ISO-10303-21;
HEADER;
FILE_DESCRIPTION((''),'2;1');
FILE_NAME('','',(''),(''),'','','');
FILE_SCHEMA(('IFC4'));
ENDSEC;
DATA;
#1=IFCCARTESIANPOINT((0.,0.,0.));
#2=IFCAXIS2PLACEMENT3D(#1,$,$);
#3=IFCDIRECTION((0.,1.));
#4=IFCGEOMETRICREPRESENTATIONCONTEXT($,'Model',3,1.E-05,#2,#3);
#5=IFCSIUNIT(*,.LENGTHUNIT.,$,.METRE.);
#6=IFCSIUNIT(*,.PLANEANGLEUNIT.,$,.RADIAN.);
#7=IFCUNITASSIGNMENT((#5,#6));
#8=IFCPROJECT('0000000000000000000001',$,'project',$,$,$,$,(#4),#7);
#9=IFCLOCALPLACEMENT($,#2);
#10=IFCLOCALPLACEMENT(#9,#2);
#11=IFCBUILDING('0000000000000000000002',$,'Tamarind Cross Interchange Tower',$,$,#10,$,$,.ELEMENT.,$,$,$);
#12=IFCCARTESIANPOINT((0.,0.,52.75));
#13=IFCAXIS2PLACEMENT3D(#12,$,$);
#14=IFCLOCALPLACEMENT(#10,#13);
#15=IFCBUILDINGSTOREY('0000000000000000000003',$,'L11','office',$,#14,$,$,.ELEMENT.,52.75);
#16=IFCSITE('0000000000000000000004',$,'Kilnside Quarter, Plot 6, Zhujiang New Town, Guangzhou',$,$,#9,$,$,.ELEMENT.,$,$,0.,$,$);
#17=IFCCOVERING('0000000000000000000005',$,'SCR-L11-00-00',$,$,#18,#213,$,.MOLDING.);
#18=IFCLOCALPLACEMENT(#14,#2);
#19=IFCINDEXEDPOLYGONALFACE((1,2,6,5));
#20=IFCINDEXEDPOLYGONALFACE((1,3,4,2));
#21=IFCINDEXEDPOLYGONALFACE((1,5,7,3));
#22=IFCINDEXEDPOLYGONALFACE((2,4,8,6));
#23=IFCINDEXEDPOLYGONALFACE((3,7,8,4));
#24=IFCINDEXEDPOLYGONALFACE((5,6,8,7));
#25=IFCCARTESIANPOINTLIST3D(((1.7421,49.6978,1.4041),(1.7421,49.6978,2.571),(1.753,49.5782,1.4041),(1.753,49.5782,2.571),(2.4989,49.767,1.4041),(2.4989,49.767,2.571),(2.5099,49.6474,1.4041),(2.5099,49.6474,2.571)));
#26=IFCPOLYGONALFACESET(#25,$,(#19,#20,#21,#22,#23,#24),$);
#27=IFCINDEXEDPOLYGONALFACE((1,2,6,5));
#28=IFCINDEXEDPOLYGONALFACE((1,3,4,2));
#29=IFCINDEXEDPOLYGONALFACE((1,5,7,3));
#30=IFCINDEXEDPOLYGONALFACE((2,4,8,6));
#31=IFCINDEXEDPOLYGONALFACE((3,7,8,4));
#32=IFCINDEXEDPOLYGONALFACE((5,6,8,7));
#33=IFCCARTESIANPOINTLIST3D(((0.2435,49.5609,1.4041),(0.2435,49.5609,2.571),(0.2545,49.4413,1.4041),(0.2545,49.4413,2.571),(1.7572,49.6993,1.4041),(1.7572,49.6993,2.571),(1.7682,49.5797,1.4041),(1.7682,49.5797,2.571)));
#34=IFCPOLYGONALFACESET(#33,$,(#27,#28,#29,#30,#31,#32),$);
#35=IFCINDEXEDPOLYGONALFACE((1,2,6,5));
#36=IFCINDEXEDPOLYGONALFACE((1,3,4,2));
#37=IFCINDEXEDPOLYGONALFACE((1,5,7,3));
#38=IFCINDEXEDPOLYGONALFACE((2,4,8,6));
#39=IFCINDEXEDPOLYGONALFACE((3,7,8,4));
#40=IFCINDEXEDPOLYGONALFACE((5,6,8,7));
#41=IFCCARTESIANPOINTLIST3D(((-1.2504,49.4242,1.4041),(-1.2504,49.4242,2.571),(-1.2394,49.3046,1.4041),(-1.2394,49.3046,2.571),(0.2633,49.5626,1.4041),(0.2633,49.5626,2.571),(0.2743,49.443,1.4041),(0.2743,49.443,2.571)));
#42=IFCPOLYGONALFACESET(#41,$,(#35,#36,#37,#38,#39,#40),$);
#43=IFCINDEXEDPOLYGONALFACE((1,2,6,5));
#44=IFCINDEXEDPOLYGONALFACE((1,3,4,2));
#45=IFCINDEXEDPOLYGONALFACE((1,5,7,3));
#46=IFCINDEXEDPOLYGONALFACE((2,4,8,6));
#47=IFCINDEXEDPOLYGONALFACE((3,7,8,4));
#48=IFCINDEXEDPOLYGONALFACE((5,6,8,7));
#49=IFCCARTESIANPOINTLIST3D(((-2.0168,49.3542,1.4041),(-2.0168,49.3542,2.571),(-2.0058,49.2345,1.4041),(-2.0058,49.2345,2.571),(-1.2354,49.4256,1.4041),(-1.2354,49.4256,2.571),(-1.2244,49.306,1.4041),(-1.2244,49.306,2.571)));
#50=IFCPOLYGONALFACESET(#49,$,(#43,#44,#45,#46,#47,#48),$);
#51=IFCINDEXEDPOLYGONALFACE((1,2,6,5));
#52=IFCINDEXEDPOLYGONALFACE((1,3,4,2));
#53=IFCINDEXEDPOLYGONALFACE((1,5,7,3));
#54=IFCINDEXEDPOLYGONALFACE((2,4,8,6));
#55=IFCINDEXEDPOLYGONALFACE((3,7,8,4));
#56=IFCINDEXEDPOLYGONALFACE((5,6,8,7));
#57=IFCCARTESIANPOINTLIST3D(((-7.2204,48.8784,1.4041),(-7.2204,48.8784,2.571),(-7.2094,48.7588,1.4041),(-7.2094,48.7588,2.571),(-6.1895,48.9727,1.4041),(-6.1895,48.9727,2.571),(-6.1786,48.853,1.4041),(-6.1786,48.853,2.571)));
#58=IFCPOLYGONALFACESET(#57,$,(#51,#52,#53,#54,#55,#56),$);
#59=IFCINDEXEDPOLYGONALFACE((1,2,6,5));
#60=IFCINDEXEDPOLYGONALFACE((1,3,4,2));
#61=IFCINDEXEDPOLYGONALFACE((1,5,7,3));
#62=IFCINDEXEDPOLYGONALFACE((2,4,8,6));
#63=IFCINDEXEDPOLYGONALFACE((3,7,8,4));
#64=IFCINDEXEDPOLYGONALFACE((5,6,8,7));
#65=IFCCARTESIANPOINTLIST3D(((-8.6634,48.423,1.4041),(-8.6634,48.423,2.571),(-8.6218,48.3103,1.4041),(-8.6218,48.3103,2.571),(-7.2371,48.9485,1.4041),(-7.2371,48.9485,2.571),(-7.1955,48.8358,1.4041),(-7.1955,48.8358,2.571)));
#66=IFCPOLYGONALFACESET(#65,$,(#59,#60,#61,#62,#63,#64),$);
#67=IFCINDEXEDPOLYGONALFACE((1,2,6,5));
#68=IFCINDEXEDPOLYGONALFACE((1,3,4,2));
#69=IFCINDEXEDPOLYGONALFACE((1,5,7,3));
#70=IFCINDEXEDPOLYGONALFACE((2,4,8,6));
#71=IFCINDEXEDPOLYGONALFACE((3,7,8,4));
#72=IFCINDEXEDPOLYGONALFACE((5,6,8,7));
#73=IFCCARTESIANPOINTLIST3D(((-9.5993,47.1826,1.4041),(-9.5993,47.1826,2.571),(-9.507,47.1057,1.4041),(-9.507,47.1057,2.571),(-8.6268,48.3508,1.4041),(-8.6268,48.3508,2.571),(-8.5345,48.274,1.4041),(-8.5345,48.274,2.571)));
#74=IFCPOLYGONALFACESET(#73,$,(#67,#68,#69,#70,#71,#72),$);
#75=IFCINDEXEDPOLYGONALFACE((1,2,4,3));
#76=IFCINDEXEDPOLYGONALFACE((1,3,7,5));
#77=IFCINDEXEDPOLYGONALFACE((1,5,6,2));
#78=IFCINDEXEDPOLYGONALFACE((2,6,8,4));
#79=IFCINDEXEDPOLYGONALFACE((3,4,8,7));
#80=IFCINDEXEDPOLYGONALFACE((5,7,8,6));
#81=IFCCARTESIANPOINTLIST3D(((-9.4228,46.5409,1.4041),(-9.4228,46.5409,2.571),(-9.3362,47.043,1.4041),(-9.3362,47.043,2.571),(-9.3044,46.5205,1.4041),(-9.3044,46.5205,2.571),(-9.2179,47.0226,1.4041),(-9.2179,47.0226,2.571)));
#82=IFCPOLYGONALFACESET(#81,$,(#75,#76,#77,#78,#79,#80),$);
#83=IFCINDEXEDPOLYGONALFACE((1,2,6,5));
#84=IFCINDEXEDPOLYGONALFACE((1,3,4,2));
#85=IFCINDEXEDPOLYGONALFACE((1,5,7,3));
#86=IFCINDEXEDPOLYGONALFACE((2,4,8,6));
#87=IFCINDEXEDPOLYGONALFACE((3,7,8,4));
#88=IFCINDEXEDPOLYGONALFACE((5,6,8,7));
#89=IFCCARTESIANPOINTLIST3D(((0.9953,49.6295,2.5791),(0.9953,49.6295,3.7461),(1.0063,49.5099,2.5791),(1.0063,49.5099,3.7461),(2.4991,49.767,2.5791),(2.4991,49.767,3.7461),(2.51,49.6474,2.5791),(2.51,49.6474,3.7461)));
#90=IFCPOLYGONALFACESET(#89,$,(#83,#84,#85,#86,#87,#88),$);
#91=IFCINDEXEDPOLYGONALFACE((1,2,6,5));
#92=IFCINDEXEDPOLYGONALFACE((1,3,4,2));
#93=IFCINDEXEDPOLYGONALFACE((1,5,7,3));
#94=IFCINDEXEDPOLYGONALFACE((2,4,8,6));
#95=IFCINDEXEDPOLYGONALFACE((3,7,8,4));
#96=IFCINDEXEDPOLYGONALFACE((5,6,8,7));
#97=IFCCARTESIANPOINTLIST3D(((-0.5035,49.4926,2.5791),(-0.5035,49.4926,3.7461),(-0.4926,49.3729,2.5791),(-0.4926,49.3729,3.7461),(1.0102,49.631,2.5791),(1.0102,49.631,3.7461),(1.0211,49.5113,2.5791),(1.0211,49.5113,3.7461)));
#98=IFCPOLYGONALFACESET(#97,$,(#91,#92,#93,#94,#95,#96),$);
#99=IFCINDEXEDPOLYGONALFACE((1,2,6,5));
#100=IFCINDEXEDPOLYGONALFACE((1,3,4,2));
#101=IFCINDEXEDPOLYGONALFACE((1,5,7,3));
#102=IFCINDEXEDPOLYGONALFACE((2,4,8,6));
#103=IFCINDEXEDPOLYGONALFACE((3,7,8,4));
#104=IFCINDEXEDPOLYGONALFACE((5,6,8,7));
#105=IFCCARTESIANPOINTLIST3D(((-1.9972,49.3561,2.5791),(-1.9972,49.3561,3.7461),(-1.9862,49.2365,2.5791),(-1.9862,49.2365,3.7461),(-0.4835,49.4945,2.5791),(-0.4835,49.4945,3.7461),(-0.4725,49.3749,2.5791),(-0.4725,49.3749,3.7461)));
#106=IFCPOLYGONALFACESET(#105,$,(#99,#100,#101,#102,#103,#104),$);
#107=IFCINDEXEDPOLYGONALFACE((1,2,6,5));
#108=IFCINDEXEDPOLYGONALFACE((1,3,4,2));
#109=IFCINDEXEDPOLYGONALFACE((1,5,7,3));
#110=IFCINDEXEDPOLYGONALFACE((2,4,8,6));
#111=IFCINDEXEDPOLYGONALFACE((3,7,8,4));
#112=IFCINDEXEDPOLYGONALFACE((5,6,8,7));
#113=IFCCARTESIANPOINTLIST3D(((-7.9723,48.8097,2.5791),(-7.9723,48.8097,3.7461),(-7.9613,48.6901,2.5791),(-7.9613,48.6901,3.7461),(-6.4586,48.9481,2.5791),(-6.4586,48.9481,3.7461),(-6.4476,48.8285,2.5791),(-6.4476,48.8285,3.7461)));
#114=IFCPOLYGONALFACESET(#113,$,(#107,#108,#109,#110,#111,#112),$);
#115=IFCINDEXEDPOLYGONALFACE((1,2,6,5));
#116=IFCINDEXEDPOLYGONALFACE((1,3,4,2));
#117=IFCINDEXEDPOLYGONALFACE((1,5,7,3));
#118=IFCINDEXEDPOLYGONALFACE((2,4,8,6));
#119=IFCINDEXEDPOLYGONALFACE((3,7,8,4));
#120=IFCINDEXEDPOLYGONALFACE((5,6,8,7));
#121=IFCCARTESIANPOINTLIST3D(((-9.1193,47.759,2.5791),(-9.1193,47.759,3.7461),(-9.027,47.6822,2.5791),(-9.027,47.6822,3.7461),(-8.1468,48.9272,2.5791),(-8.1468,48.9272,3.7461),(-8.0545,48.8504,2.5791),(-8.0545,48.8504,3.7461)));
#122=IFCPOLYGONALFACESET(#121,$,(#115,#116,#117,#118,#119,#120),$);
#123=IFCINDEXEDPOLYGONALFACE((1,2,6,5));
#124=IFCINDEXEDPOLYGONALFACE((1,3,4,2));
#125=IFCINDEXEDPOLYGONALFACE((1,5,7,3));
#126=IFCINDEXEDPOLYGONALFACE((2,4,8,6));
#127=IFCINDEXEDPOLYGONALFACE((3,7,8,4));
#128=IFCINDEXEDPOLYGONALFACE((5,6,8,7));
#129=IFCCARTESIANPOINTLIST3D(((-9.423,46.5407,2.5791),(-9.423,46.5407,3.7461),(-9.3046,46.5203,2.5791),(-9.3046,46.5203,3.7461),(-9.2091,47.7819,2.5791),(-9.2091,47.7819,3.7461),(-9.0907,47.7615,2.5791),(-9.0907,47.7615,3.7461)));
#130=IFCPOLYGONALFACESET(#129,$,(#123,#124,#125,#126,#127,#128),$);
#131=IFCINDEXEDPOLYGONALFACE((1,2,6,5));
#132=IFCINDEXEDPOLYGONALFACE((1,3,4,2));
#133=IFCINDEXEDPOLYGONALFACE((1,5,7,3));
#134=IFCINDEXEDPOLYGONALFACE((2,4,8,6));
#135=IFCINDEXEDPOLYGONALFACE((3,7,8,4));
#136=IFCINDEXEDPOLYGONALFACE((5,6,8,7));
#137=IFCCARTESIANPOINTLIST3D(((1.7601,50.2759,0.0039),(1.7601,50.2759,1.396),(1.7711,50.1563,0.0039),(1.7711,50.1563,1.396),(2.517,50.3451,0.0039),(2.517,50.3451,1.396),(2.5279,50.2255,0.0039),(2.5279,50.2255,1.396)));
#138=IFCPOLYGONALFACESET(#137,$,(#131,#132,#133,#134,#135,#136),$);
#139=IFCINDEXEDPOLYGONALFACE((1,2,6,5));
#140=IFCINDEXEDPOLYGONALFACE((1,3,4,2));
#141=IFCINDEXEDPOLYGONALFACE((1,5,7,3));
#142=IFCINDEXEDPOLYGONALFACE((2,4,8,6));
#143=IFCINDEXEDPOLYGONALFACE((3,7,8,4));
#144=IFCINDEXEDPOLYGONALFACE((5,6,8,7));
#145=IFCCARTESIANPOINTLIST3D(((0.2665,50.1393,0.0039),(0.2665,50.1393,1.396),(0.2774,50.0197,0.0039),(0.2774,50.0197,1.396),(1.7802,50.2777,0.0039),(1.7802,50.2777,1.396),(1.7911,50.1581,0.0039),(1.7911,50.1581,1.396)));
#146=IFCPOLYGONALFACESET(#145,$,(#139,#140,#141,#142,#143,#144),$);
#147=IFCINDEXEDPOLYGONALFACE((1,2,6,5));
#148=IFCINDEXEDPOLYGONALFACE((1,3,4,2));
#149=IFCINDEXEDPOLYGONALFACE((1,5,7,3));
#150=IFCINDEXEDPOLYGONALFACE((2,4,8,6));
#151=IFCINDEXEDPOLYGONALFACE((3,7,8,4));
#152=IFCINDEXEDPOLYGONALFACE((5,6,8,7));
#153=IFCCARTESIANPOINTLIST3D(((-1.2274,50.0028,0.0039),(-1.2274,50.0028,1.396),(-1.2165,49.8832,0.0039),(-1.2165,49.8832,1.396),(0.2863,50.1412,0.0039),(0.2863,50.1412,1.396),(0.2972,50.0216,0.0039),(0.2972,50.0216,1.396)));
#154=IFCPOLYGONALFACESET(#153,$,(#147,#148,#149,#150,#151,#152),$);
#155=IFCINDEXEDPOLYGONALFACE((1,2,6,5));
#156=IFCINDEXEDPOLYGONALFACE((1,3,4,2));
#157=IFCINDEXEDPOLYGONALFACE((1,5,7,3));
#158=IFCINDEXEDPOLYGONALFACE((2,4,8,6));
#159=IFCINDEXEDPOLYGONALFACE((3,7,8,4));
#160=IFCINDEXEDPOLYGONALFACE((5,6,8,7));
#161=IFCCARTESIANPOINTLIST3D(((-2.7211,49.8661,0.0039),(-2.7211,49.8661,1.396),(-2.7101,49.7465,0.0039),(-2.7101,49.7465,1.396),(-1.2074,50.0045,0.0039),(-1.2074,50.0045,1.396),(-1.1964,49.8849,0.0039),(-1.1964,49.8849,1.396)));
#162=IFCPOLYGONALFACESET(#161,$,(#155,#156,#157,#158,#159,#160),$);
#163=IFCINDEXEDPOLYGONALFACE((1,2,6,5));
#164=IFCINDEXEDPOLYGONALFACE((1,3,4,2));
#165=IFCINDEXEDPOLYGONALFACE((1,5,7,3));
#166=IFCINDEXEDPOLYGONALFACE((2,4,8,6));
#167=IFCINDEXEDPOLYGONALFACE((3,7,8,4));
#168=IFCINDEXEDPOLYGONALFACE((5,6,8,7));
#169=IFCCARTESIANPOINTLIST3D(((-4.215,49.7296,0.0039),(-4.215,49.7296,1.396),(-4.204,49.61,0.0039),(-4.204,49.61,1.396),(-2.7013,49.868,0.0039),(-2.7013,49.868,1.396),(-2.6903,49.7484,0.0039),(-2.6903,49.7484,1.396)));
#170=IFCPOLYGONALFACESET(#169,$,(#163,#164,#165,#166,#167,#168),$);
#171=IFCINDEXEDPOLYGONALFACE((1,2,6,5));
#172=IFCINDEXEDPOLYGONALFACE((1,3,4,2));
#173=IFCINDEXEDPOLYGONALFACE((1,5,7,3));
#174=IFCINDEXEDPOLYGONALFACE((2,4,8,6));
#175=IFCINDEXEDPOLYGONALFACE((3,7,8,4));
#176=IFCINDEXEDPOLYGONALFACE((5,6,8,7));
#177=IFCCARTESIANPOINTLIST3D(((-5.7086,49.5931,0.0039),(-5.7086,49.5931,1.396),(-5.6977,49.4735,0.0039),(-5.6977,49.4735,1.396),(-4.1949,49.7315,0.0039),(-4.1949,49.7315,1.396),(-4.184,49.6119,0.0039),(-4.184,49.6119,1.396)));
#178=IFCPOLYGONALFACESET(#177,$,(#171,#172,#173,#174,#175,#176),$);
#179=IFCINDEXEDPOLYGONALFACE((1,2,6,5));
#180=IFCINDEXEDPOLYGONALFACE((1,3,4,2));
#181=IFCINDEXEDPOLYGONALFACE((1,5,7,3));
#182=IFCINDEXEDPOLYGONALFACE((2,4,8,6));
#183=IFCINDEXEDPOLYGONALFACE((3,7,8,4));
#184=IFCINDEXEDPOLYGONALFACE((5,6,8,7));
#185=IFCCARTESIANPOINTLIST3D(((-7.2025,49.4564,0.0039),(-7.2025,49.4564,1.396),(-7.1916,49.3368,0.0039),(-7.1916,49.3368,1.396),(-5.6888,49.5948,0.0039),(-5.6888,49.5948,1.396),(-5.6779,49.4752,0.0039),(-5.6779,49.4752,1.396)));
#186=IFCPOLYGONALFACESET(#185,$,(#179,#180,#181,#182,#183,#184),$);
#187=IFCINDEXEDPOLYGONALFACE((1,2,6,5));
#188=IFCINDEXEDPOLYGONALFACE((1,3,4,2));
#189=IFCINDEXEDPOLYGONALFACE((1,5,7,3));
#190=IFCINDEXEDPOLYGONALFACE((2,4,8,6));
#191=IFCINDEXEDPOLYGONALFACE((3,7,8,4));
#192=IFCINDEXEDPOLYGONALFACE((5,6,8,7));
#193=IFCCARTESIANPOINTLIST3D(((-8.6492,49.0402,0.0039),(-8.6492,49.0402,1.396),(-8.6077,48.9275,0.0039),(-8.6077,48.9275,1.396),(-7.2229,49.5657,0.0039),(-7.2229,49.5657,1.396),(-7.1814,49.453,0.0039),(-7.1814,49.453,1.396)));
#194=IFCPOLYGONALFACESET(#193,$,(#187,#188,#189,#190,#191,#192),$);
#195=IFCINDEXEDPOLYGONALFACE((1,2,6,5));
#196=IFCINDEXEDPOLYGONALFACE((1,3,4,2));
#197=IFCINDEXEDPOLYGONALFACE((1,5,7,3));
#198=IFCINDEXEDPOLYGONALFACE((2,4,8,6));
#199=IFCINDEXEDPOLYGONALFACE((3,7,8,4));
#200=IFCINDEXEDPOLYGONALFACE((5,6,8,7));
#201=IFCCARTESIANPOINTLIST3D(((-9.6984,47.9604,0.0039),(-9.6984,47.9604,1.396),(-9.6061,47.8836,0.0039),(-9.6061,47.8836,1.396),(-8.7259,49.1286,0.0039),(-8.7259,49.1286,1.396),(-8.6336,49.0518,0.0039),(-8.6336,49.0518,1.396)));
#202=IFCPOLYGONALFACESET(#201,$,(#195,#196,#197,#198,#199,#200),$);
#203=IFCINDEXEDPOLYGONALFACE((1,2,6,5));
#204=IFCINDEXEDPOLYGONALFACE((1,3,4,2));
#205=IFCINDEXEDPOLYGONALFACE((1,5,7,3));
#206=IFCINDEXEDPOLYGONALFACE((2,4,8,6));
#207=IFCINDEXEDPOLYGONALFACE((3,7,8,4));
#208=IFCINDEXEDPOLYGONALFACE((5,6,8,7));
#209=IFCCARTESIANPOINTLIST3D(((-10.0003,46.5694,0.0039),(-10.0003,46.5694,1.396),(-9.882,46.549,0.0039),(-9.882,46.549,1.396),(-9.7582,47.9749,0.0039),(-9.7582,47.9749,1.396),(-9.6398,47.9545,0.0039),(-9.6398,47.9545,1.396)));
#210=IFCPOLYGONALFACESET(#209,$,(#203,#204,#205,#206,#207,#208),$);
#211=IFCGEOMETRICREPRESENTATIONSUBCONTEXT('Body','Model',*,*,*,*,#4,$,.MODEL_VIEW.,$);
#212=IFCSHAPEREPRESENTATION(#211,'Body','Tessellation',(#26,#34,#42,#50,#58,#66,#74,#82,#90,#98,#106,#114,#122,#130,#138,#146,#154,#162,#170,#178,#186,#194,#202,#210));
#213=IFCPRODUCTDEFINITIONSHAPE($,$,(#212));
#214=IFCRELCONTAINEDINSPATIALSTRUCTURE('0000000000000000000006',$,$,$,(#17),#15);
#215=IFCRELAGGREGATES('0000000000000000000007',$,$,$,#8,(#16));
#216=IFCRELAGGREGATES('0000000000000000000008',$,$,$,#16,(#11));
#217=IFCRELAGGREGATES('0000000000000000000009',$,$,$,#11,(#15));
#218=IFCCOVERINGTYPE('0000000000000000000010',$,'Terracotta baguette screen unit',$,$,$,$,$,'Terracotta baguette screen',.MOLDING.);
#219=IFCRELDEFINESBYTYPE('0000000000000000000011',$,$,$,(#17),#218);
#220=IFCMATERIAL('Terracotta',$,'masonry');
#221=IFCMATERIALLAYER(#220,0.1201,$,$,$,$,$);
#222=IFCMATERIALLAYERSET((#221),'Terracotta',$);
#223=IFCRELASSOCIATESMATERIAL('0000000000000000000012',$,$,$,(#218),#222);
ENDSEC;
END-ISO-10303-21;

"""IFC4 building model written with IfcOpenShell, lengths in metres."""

from ifc_helpers import new_model, si_unit, direction, frame, origin, origin_2d, place, context, subcontext, project, spatial, rectangle, extrude, material, layer, layer_set, type_object, element, save


model = new_model("IFC4")

# Units and contexts
model_context = context("Model", 3, precision=1e-05, world=origin(), true_north=direction((0.0, 1.0)))
body_context = subcontext(model_context, "Body", "Model", "MODEL_VIEW")
ifc_project = project(units=[si_unit("LENGTHUNIT", "METRE"), si_unit("PLANEANGLEUNIT", "RADIAN")], contexts=[model_context])

# Site, building, storey
site_placement = place(None, origin())
site = spatial("IfcSite", under=ifc_project, at=site_placement, Name="Kilnside Quarter, Plot 6, Zhujiang New Town, Guangzhou", CompositionType="ELEMENT", RefElevation=0.0)
building_placement = place(site_placement, origin())
building = spatial("IfcBuilding", under=site, at=building_placement, Name="Tamarind Cross Interchange Tower", CompositionType="ELEMENT")
storey_placement = place(building_placement, frame((0.0, 0.0, 52.75)))
storey = spatial("IfcBuildingStorey", under=building, at=storey_placement, Name="L11", Description="office", CompositionType="ELEMENT", Elevation=52.75)

# Covering
ifc_material_1 = material(Name="Terracotta", Category="masonry")
ifc_layer_1 = layer(ifc_material_1, 0.1201)
ifc_layer_set_1 = layer_set([ifc_layer_1], Name="Terracotta")
covering_type = type_object("IfcCoveringType", Name="Terracotta baguette screen unit", ElementType="Terracotta baguette screen", PredefinedType="MOLDING", material=ifc_layer_set_1)
covering_1_placement = place(storey_placement, origin())
element("IfcCovering", 1, at=covering_1_placement, inside=storey, type_object=covering_type, Name="SCR-L11-00-00", PredefinedType="MOLDING", context=body_context, shape_type="SweptSolid", body=[
    extrude(rectangle(XDim=0.76, YDim=0.1201, at=origin_2d()), frame((2.126, 49.6726, 1.4041), z_axis=(0.0, 0.0, 1.0), x_axis=(-0.995846, -0.09105, 0.0)), (0.0, 0.0, 1.0), 1.167),
    extrude(rectangle(XDim=1.52, YDim=0.1201, at=origin_2d()), frame((1.0059, 49.5703, 1.4041), z_axis=(0.0, 0.0, 1.0), x_axis=(-0.995846, -0.09105, 0.0)), (0.0, 0.0, 1.0), 1.167),
    extrude(rectangle(XDim=1.52, YDim=0.1201, at=origin_2d()), frame((-0.488, 49.4336, 1.4041), z_axis=(0.0, 0.0, 1.0), x_axis=(-0.995846, -0.09105, 0.0)), (0.0, 0.0, 1.0), 1.167),
    extrude(rectangle(XDim=0.7847, YDim=0.1201, at=origin_2d()), frame((-1.6206, 49.3301, 1.4041), z_axis=(0.0, 0.0, 1.0), x_axis=(-0.995846, -0.09105, 0.0)), (0.0, 0.0, 1.0), 1.167),
    extrude(rectangle(XDim=1.0352, YDim=0.1201, at=origin_2d()), frame((-6.6995, 48.8657, 1.4041), z_axis=(0.0, 0.0, 1.0), x_axis=(-0.995846, -0.09105, 0.0)), (0.0, 0.0, 1.0), 1.167),
    extrude(rectangle(XDim=1.52, YDim=0.1201, at=origin_2d()), frame((-7.9294, 48.6294, 1.4041), z_axis=(0.0, 0.0, 1.0), x_axis=(-0.938348, -0.345691, 0.0)), (0.0, 0.0, 1.0), 1.167),
    extrude(rectangle(XDim=1.52, YDim=0.1201, at=origin_2d()), frame((-9.0669, 47.7283, 1.4041), z_axis=(0.0, 0.0, 1.0), x_axis=(-0.639788, -0.768552, 0.0)), (0.0, 0.0, 1.0), 1.167),
    extrude(rectangle(XDim=0.5095, YDim=0.1201, at=origin_2d()), frame((-9.3203, 46.7817, 1.4041), z_axis=(0.0, 0.0, 1.0), x_axis=(-0.169797, -0.985479, 0.0)), (0.0, 0.0, 1.0), 1.167),
    extrude(rectangle(XDim=1.51, YDim=0.1201, at=origin_2d()), frame((1.7527, 49.6384, 2.5791), z_axis=(0.0, 0.0, 1.0), x_axis=(-0.995846, -0.09105, 0.0)), (0.0, 0.0, 1.0), 1.167),
    extrude(rectangle(XDim=1.52, YDim=0.1201, at=origin_2d()), frame((0.2588, 49.502, 2.5791), z_axis=(0.0, 0.0, 1.0), x_axis=(-0.995846, -0.09105, 0.0)), (0.0, 0.0, 1.0), 1.167),
    extrude(rectangle(XDim=1.52, YDim=0.1201, at=origin_2d()), frame((-1.2349, 49.3655, 2.5791), z_axis=(0.0, 0.0, 1.0), x_axis=(-0.995846, -0.09105, 0.0)), (0.0, 0.0, 1.0), 1.167),
    extrude(rectangle(XDim=1.52, YDim=0.1201, at=origin_2d()), frame((-7.21, 48.8191, 2.5791), z_axis=(0.0, 0.0, 1.0), x_axis=(-0.995846, -0.09105, 0.0)), (0.0, 0.0, 1.0), 1.167),
    extrude(rectangle(XDim=1.52, YDim=0.1201, at=origin_2d()), frame((-8.5869, 48.3047, 2.5791), z_axis=(0.0, 0.0, 1.0), x_axis=(-0.639788, -0.768552, 0.0)), (0.0, 0.0, 1.0), 1.167),
    extrude(rectangle(XDim=1.2595, YDim=0.1201, at=origin_2d()), frame((-9.2568, 47.1511, 2.5791), z_axis=(0.0, 0.0, 1.0), x_axis=(-0.169797, -0.985479, 0.0)), (0.0, 0.0, 1.0), 1.167),
    extrude(rectangle(XDim=0.76, YDim=0.1201, at=origin_2d()), frame((2.144, 50.2507, 0.0039), z_axis=(0.0, 0.0, 1.0), x_axis=(-0.995846, -0.09105, 0.0)), (0.0, 0.0, 1.0), 1.3921),
    extrude(rectangle(XDim=1.52, YDim=0.1201, at=origin_2d()), frame((1.0288, 50.1487, 0.0039), z_axis=(0.0, 0.0, 1.0), x_axis=(-0.995846, -0.09105, 0.0)), (0.0, 0.0, 1.0), 1.3921),
    extrude(rectangle(XDim=1.52, YDim=0.1201, at=origin_2d()), frame((-0.4651, 50.0122, 0.0039), z_axis=(0.0, 0.0, 1.0), x_axis=(-0.995846, -0.09105, 0.0)), (0.0, 0.0, 1.0), 1.3921),
    extrude(rectangle(XDim=1.52, YDim=0.1201, at=origin_2d()), frame((-1.9587, 49.8755, 0.0039), z_axis=(0.0, 0.0, 1.0), x_axis=(-0.995846, -0.09105, 0.0)), (0.0, 0.0, 1.0), 1.3921),
    extrude(rectangle(XDim=1.52, YDim=0.1201, at=origin_2d()), frame((-3.4526, 49.739, 0.0039), z_axis=(0.0, 0.0, 1.0), x_axis=(-0.995846, -0.09105, 0.0)), (0.0, 0.0, 1.0), 1.3921),
    extrude(rectangle(XDim=1.52, YDim=0.1201, at=origin_2d()), frame((-4.9463, 49.6025, 0.0039), z_axis=(0.0, 0.0, 1.0), x_axis=(-0.995846, -0.09105, 0.0)), (0.0, 0.0, 1.0), 1.3921),
    extrude(rectangle(XDim=1.52, YDim=0.1201, at=origin_2d()), frame((-6.4402, 49.4658, 0.0039), z_axis=(0.0, 0.0, 1.0), x_axis=(-0.995846, -0.09105, 0.0)), (0.0, 0.0, 1.0), 1.3921),
    extrude(rectangle(XDim=1.52, YDim=0.1201, at=origin_2d()), frame((-7.9153, 49.2466, 0.0039), z_axis=(0.0, 0.0, 1.0), x_axis=(-0.938348, -0.345691, 0.0)), (0.0, 0.0, 1.0), 1.3921),
    extrude(rectangle(XDim=1.52, YDim=0.1201, at=origin_2d()), frame((-9.166, 48.5061, 0.0039), z_axis=(0.0, 0.0, 1.0), x_axis=(-0.639788, -0.768552, 0.0)), (0.0, 0.0, 1.0), 1.3921),
    extrude(rectangle(XDim=1.4263, YDim=0.1201, at=origin_2d()), frame((-9.8201, 47.262, 0.0039), z_axis=(0.0, 0.0, 1.0), x_axis=(-0.169797, -0.985479, 0.0)), (0.0, 0.0, 1.0), 1.3921),
])

save(model, "model.ifc")
